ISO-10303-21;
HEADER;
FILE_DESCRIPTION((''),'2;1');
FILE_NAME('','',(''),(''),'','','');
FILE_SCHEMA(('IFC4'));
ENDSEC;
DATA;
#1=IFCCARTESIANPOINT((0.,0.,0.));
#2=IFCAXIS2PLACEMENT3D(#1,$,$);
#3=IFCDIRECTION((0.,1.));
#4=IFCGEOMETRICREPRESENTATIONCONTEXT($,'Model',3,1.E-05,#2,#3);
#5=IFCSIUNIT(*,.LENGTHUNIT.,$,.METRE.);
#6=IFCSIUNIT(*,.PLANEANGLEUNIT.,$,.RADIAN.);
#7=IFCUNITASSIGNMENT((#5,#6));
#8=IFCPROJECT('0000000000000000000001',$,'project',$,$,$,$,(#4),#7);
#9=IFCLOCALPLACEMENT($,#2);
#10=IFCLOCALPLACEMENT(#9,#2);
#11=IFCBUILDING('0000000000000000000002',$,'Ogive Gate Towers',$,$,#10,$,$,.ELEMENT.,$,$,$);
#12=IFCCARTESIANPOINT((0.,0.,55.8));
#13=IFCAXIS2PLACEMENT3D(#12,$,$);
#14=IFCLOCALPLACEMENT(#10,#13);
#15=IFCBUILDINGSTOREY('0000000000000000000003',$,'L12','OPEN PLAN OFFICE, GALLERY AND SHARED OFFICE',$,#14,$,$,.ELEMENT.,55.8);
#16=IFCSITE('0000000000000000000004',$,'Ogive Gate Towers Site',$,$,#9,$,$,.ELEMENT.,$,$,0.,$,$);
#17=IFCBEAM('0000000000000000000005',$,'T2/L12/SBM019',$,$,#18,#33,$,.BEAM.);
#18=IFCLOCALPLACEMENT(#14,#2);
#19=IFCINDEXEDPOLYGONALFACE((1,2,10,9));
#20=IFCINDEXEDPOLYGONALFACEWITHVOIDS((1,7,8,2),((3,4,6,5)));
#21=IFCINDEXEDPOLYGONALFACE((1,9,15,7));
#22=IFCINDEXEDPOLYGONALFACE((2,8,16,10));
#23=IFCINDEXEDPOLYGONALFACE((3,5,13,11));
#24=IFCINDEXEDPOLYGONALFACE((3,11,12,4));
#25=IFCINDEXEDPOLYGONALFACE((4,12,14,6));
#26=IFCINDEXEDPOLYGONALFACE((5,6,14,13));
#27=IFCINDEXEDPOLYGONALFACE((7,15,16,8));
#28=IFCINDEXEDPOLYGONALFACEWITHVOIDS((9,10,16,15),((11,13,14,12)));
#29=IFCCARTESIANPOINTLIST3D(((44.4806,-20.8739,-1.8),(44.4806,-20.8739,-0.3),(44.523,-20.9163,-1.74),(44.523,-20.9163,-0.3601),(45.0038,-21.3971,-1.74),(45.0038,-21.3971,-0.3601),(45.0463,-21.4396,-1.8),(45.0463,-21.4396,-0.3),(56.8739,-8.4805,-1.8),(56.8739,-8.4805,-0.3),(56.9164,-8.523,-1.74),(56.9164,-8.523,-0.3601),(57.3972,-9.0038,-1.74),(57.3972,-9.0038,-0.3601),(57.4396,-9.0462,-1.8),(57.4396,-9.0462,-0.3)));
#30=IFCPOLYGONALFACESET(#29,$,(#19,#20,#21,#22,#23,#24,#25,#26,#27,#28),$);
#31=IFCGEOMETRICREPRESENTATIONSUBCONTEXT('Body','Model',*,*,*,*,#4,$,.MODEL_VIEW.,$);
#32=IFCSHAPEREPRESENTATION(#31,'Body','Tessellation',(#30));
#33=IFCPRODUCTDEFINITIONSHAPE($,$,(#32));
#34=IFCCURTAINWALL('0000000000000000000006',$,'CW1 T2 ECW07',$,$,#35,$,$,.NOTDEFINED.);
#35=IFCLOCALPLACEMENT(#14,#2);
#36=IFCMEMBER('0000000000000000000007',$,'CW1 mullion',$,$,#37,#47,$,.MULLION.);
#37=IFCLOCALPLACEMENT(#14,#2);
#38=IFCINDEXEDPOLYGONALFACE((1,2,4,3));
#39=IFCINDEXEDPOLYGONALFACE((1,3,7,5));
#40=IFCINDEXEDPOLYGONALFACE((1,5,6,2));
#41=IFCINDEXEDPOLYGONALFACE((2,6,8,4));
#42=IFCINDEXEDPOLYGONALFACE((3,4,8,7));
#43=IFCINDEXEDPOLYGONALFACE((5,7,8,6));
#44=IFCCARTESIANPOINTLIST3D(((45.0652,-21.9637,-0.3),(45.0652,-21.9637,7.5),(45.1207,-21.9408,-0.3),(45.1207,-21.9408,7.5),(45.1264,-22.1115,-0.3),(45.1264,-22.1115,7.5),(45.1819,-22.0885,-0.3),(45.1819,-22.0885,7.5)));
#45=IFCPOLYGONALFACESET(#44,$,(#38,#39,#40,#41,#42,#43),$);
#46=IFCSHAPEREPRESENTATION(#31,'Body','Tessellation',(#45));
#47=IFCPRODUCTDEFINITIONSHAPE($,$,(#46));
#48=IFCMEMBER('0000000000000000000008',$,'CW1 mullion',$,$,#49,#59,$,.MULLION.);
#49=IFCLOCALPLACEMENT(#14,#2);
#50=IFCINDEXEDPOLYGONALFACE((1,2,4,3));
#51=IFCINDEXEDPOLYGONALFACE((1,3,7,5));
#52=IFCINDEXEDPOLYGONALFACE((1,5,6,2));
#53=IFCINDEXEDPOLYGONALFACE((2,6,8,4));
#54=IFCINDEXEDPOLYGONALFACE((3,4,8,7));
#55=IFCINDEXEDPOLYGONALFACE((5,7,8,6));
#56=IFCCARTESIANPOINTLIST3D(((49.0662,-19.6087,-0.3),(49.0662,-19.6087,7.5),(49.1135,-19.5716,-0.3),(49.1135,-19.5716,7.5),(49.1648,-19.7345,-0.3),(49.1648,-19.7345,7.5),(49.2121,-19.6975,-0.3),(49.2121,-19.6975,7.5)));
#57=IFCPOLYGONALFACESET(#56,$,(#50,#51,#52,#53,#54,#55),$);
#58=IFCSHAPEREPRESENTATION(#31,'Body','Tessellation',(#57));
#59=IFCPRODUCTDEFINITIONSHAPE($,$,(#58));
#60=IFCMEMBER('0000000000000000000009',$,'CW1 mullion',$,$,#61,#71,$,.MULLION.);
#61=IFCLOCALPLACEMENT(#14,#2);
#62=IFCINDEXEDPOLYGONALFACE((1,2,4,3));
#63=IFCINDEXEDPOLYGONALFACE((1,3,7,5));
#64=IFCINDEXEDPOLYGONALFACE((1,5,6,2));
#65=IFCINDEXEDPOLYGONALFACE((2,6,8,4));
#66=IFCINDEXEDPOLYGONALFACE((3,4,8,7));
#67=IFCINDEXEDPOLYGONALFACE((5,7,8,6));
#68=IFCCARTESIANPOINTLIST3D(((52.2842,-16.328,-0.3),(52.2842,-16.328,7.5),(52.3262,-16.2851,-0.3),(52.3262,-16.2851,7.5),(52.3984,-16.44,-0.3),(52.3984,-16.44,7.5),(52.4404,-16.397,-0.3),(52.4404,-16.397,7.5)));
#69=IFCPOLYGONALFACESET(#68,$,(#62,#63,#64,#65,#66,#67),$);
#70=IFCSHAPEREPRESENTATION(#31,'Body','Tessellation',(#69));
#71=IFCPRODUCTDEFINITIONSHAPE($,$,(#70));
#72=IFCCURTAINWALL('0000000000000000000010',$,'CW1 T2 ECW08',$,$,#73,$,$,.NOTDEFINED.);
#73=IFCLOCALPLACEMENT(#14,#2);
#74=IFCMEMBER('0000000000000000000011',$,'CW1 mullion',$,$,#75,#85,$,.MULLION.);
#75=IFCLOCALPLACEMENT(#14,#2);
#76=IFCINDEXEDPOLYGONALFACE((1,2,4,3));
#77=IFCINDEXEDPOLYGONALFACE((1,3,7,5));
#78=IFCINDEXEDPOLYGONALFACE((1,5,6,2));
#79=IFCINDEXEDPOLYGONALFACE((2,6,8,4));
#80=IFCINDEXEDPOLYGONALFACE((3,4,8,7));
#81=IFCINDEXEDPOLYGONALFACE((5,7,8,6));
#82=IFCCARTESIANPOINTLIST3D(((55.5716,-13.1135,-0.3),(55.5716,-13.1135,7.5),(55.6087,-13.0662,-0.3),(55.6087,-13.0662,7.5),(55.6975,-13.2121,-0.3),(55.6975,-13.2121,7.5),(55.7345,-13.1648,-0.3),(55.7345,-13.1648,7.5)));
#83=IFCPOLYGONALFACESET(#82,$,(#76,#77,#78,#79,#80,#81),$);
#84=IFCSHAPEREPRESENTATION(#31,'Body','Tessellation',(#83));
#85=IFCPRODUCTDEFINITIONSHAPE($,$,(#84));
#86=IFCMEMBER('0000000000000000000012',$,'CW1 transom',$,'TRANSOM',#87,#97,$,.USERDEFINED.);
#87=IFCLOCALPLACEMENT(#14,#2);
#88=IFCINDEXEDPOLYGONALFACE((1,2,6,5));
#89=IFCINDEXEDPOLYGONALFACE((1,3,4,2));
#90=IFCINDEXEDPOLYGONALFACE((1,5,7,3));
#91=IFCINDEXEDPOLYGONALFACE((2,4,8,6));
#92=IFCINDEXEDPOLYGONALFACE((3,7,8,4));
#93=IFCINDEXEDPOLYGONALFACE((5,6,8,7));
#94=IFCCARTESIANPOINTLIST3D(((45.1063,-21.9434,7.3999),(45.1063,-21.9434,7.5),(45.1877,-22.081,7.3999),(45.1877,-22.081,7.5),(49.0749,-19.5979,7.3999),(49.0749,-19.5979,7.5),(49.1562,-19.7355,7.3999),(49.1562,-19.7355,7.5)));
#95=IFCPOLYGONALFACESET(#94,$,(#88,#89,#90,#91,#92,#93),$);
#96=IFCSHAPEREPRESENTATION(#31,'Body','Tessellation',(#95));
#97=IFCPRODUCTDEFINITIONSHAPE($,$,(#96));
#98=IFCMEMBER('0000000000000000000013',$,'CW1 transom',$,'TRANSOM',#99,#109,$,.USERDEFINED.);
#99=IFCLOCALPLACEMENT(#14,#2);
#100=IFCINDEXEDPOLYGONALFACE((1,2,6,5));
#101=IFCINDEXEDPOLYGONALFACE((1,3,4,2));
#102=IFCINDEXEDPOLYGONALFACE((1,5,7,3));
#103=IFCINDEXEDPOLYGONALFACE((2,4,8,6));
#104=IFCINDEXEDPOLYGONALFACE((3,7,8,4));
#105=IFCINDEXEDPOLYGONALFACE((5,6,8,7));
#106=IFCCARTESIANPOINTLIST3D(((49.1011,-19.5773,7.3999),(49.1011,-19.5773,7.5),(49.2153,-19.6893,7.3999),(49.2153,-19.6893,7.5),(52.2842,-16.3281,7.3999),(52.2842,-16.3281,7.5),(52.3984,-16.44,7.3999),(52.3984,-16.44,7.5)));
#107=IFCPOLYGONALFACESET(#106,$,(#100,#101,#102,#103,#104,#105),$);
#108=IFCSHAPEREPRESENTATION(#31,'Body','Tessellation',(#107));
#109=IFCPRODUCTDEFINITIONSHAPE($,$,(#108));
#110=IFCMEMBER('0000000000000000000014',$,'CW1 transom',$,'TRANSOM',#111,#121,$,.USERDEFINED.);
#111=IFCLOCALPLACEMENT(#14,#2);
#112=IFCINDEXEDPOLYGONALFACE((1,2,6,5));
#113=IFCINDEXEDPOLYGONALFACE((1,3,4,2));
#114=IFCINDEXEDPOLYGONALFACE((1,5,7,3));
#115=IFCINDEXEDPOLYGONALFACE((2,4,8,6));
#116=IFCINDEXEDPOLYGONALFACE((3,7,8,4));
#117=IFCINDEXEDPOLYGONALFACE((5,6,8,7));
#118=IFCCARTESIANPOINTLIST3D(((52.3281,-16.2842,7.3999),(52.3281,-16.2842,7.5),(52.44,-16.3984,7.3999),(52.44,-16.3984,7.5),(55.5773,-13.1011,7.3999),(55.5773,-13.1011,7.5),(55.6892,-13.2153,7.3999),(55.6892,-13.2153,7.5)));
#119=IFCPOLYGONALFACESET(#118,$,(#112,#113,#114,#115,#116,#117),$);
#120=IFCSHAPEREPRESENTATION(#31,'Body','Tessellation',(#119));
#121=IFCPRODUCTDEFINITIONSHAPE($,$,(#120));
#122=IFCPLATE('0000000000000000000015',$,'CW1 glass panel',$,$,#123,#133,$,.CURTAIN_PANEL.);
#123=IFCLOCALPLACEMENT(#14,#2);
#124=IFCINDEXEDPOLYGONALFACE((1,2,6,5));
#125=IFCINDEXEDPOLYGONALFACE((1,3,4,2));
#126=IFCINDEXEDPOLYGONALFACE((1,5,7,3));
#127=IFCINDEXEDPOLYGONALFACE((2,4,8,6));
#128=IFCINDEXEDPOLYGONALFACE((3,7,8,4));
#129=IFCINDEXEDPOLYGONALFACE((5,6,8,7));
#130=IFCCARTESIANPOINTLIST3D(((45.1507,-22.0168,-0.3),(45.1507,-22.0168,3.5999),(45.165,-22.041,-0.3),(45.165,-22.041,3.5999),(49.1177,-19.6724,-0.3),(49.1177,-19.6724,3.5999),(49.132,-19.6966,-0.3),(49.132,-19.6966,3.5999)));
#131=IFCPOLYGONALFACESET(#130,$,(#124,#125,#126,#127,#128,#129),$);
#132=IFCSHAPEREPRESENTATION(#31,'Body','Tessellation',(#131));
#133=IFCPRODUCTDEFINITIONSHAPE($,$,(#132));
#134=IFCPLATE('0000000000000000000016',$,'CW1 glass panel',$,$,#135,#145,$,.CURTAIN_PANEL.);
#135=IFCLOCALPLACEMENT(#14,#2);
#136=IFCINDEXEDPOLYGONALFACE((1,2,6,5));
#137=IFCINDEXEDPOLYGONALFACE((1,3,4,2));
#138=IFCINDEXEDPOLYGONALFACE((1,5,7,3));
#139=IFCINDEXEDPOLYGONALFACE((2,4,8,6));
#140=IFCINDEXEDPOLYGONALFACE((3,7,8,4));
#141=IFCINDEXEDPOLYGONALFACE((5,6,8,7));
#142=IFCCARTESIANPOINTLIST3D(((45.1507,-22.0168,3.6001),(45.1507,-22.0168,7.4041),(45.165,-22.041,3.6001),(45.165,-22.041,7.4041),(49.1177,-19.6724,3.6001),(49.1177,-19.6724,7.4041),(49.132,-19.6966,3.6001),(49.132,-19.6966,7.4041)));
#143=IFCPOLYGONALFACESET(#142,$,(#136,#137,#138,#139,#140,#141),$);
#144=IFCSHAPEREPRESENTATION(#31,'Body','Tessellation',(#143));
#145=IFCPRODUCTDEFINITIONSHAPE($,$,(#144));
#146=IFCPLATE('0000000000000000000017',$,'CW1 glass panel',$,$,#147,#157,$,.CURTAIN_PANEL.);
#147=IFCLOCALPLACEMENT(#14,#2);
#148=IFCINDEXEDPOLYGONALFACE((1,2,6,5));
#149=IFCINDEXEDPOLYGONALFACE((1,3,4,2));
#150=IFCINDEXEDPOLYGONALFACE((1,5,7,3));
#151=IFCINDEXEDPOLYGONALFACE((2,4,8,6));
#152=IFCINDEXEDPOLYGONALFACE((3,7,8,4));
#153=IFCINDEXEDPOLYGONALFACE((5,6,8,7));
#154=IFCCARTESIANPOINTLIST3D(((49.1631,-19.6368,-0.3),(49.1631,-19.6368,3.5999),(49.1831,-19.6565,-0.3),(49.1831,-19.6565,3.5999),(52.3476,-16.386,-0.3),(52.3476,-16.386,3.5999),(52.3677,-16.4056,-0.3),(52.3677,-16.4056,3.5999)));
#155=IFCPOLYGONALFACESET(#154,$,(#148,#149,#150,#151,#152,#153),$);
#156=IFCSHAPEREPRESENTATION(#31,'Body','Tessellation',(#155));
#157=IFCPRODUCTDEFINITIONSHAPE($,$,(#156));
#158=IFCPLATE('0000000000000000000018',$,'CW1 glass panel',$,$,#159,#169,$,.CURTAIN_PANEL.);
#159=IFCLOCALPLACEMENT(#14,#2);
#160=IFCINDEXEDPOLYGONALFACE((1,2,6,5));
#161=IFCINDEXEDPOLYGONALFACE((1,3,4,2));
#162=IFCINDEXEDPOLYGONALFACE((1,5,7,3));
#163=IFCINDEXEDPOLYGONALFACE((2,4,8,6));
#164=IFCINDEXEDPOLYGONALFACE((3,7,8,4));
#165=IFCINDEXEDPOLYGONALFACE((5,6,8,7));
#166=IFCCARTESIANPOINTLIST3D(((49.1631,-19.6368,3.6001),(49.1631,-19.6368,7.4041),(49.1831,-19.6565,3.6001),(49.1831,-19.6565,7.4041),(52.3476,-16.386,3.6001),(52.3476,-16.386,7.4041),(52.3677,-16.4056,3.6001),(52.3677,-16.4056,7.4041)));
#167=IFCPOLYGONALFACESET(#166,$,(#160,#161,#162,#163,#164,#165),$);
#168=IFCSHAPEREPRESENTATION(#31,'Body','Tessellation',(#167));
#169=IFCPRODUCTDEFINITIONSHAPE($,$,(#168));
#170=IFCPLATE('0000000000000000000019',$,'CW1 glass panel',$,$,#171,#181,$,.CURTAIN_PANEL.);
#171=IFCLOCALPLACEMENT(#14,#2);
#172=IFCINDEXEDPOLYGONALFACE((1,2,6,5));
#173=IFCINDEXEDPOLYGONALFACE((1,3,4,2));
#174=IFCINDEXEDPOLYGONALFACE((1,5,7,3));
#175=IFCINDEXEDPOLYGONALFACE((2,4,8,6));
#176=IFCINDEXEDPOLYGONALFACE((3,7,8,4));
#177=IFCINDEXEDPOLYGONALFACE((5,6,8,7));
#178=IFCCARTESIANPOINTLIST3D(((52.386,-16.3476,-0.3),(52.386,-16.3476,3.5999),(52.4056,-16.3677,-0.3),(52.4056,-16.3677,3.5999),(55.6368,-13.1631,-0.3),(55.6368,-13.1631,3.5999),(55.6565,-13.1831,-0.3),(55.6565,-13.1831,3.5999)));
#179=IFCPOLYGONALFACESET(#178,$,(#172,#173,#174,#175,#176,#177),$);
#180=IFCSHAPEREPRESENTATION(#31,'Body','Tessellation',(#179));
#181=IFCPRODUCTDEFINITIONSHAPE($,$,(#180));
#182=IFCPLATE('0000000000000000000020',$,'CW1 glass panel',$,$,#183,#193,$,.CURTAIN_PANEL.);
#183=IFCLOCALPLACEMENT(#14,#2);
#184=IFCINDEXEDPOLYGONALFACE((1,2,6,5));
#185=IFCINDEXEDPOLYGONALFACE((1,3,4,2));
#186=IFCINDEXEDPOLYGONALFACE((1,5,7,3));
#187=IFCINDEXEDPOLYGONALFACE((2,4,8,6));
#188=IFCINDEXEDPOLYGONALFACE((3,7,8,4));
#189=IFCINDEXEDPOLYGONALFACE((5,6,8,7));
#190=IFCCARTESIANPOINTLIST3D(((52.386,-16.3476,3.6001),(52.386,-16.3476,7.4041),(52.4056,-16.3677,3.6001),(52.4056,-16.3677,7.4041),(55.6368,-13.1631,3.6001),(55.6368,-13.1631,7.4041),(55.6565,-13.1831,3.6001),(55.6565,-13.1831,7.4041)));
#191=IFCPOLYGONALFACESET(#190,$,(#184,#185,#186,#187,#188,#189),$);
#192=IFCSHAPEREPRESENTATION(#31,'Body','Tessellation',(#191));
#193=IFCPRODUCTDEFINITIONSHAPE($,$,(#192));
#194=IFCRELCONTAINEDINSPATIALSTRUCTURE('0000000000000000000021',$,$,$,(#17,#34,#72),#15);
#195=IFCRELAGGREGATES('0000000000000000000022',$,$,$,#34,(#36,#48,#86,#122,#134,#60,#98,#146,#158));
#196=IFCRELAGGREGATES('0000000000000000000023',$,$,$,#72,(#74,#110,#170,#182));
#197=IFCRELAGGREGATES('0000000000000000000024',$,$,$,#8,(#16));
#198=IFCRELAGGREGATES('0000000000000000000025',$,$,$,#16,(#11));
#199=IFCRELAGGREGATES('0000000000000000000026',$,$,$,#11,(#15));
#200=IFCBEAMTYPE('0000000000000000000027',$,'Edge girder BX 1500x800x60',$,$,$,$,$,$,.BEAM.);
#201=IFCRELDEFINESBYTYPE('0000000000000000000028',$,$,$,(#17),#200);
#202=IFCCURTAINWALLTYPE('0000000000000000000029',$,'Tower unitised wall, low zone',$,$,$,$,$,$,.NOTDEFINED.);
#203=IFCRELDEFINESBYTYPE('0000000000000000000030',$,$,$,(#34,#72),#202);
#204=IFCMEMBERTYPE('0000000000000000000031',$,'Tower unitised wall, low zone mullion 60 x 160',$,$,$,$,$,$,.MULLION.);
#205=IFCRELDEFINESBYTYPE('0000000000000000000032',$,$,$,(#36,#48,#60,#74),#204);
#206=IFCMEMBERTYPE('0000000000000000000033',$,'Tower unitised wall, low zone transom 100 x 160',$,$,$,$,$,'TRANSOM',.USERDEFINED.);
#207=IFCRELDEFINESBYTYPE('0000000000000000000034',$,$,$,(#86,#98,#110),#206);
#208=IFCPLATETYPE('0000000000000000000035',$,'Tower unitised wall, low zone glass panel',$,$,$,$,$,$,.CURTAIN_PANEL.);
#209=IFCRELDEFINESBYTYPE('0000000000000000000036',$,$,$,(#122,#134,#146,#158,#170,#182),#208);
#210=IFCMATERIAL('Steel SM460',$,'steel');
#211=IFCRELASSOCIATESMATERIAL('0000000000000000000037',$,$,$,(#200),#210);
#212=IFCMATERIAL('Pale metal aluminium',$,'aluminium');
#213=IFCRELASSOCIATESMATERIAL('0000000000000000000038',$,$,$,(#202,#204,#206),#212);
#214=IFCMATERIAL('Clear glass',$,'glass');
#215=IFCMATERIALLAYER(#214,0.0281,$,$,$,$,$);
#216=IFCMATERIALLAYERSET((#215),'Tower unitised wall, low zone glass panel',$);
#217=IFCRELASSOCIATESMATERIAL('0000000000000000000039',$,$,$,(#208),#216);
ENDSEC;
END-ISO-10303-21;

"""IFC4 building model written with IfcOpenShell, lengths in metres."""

from ifc_helpers import new_model, si_unit, direction, frame, origin, origin_2d, place, context, subcontext, project, spatial, rectangle, hollow_rectangle, extrude, material, layer, layer_set, material_profile, profile_set, type_object, element, aggregate, save


model = new_model("IFC4")

# Units and contexts
model_context = context("Model", 3, precision=1e-05, world=origin(), true_north=direction((0.0, 1.0)))
body_context = subcontext(model_context, "Body", "Model", "MODEL_VIEW")
ifc_project = project(units=[si_unit("LENGTHUNIT", "METRE"), si_unit("PLANEANGLEUNIT", "RADIAN")], contexts=[model_context])

# Site, building, storey
site_placement = place(None, origin())
site = spatial("IfcSite", under=ifc_project, at=site_placement, Name="Ogive Gate Towers Site", CompositionType="ELEMENT", RefElevation=0.0)
building_placement = place(site_placement, origin())
building = spatial("IfcBuilding", under=site, at=building_placement, Name="Ogive Gate Towers", CompositionType="ELEMENT")
storey_placement = place(building_placement, frame((0.0, 0.0, 55.8)))
storey = spatial("IfcBuildingStorey", under=building, at=storey_placement, Name="L12", Description="OPEN PLAN OFFICE, GALLERY AND SHARED OFFICE", CompositionType="ELEMENT", Elevation=55.8)

# Beam
ifc_material_1 = material(Name="Steel SM460", Category="steel")
ifc_material_profile_1 = material_profile(ifc_material_1, hollow_rectangle(XDim=0.8, YDim=1.5, WallThickness=0.0601, at=origin_2d()), Name="BX 1500x800x60")
ifc_profile_set_1 = profile_set([ifc_material_profile_1], Name="Steel SM460")
beam_type = type_object("IfcBeamType", Name="Edge girder BX 1500x800x60", PredefinedType="BEAM", material=ifc_profile_set_1)
beam_placement = place(storey_placement, frame((44.7634, -21.1567, -1.05), z_axis=(0.707107, 0.707107, 0.0), x_axis=(-0.707107, 0.707107, 0.0)))
element("IfcBeam", 1, at=beam_placement, inside=storey, type_object=beam_type, Name="T2/L12/SBM019", PredefinedType="BEAM", context=body_context, shape_type="SweptSolid", body=[
    extrude(hollow_rectangle(XDim=0.8, YDim=1.5, WallThickness=0.0601, at=origin_2d()), origin(), (0.0, 0.0, 1.0), 17.5269),
])

# Curtain wall, members
ifc_material_2 = material(Name="Pale metal aluminium", Category="aluminium")
curtain_wall_type = type_object("IfcCurtainWallType", Name="Tower unitised wall, low zone", PredefinedType="NOTDEFINED", material=ifc_material_2)
curtain_wall_1_placement = place(storey_placement, origin())
curtain_wall_1 = element("IfcCurtainWall", 2, at=curtain_wall_1_placement, inside=storey, type_object=curtain_wall_type, Name="CW1 T2 ECW07", PredefinedType="NOTDEFINED")
ifc_material_profile_2 = material_profile(ifc_material_2, rectangle(XDim=0.1599, YDim=0.0601, at=origin_2d()), Name="60 x 160 aluminium box")
ifc_profile_set_2 = profile_set([ifc_material_profile_2], Name="Pale metal aluminium")
member_type_1 = type_object("IfcMemberType", Name="Tower unitised wall, low zone mullion 60 x 160", PredefinedType="MULLION", material=ifc_profile_set_2)
member_1_placement = place(storey_placement, frame((45.1235, -22.0261, -0.3), z_axis=(0.0, 0.0, 1.0), x_axis=(0.382683, -0.92388, 0.0)))
member_1 = element("IfcMember", 3, at=member_1_placement, type_object=member_type_1, Name="CW1 mullion", PredefinedType="MULLION", context=body_context, shape_type="SweptSolid", body=[
    extrude(rectangle(XDim=0.1599, YDim=0.0601, at=origin_2d()), origin(), (0.0, 0.0, 1.0), 7.8),
])
member_2_placement = place(storey_placement, frame((49.1392, -19.6531, -0.3), z_axis=(0.0, 0.0, 1.0), x_axis=(0.616844, -0.787086, 0.0)))
member_2 = element("IfcMember", 4, at=member_2_placement, type_object=member_type_1, Name="CW1 mullion", PredefinedType="MULLION", context=body_context, shape_type="SweptSolid", body=[
    extrude(rectangle(XDim=0.1599, YDim=0.0601, at=origin_2d()), origin(), (0.0, 0.0, 1.0), 7.8),
])
member_3_placement = place(storey_placement, frame((52.3623, -16.3625, -0.3), z_axis=(0.0, 0.0, 1.0), x_axis=(0.714351, -0.699788, 0.0)))
member_3 = element("IfcMember", 5, at=member_3_placement, type_object=member_type_1, Name="CW1 mullion", PredefinedType="MULLION", context=body_context, shape_type="SweptSolid", body=[
    extrude(rectangle(XDim=0.1599, YDim=0.0601, at=origin_2d()), origin(), (0.0, 0.0, 1.0), 7.8),
])

# Curtain wall, member
curtain_wall_2_placement = place(storey_placement, origin())
curtain_wall_2 = element("IfcCurtainWall", 6, at=curtain_wall_2_placement, inside=storey, type_object=curtain_wall_type, Name="CW1 T2 ECW08", PredefinedType="NOTDEFINED")
member_4_placement = place(storey_placement, frame((55.6531, -13.1392, -0.3), z_axis=(0.0, 0.0, 1.0), x_axis=(0.787086, -0.616844, 0.0)))
member_4 = element("IfcMember", 7, at=member_4_placement, type_object=member_type_1, Name="CW1 mullion", PredefinedType="MULLION", context=body_context, shape_type="SweptSolid", body=[
    extrude(rectangle(XDim=0.1599, YDim=0.0601, at=origin_2d()), origin(), (0.0, 0.0, 1.0), 7.8),
])

# Members
ifc_material_profile_3 = material_profile(ifc_material_2, rectangle(XDim=0.1599, YDim=0.1001, at=origin_2d()), Name="100 x 160 aluminium box")
ifc_profile_set_3 = profile_set([ifc_material_profile_3], Name="Pale metal aluminium")
member_type_2 = type_object("IfcMemberType", Name="Tower unitised wall, low zone transom 100 x 160", ElementType="TRANSOM", PredefinedType="USERDEFINED", material=ifc_profile_set_3)
member_5_placement = place(storey_placement, frame((45.147, -22.0122, 7.45), z_axis=(0.860885, 0.508799, 0.0), x_axis=(-0.508799, 0.860885, 0.0)))
member_5 = element("IfcMember", 8, at=member_5_placement, type_object=member_type_2, Name="CW1 transom", ObjectType="TRANSOM", PredefinedType="USERDEFINED", context=body_context, shape_type="SweptSolid", body=[
    extrude(rectangle(XDim=0.1599, YDim=0.1001, at=origin_2d()), origin(), (0.0, 0.0, 1.0), 4.6099),
])
member_6_placement = place(storey_placement, frame((49.1582, -19.6333, 7.45), z_axis=(0.699797, 0.714342, 0.0), x_axis=(-0.714342, 0.699797, 0.0)))
member_6 = element("IfcMember", 9, at=member_6_placement, type_object=member_type_2, Name="CW1 transom", ObjectType="TRANSOM", PredefinedType="USERDEFINED", context=body_context, shape_type="SweptSolid", body=[
    extrude(rectangle(XDim=0.1599, YDim=0.1001, at=origin_2d()), origin(), (0.0, 0.0, 1.0), 4.5486),
])
member_7_placement = place(storey_placement, frame((52.384, -16.3413, 7.45), z_axis=(0.714342, 0.699797, 0.0), x_axis=(-0.699797, 0.714342, 0.0)))
member_7 = element("IfcMember", 10, at=member_7_placement, type_object=member_type_2, Name="CW1 transom", ObjectType="TRANSOM", PredefinedType="USERDEFINED", context=body_context, shape_type="SweptSolid", body=[
    extrude(rectangle(XDim=0.1599, YDim=0.1001, at=origin_2d()), origin(), (0.0, 0.0, 1.0), 4.5486),
])

# Plates
ifc_material_3 = material(Name="Clear glass", Category="glass")
ifc_layer_1 = layer(ifc_material_3, 0.0281)
ifc_layer_set_1 = layer_set([ifc_layer_1], Name="Tower unitised wall, low zone glass panel")
plate_type = type_object("IfcPlateType", Name="Tower unitised wall, low zone glass panel", PredefinedType="CURTAIN_PANEL", material=ifc_layer_set_1)
plate_1_placement = place(storey_placement, frame((47.1414, -20.8567, -0.3), z_axis=(0.0, 0.0, 1.0), x_axis=(0.860902, 0.508771, 0.0)))
plate_1 = element("IfcPlate", 11, at=plate_1_placement, type_object=plate_type, Name="CW1 glass panel", PredefinedType="CURTAIN_PANEL", context=body_context, shape_type="SweptSolid", body=[
    extrude(rectangle(XDim=4.6079, YDim=0.0281, at=origin_2d()), origin(), (0.0, 0.0, 1.0), 3.8999),
])
plate_2_placement = place(storey_placement, frame((47.1414, -20.8567, 3.6001), z_axis=(0.0, 0.0, 1.0), x_axis=(0.860902, 0.508771, 0.0)))
plate_2 = element("IfcPlate", 12, at=plate_2_placement, type_object=plate_type, Name="CW1 glass panel", PredefinedType="CURTAIN_PANEL", context=body_context, shape_type="SweptSolid", body=[
    extrude(rectangle(XDim=4.6079, YDim=0.0281, at=origin_2d()), origin(), (0.0, 0.0, 1.0), 3.804),
])
plate_3_placement = place(storey_placement, frame((50.7654, -18.0212, -0.3), z_axis=(0.0, 0.0, 1.0), x_axis=(0.699788, 0.714351, 0.0)))
plate_3 = element("IfcPlate", 13, at=plate_3_placement, type_object=plate_type, Name="CW1 glass panel", PredefinedType="CURTAIN_PANEL", context=body_context, shape_type="SweptSolid", body=[
    extrude(rectangle(XDim=4.5508, YDim=0.0281, at=origin_2d()), origin(), (0.0, 0.0, 1.0), 3.8999),
])
plate_4_placement = place(storey_placement, frame((50.7654, -18.0212, 3.6001), z_axis=(0.0, 0.0, 1.0), x_axis=(0.699788, 0.714351, 0.0)))
plate_4 = element("IfcPlate", 14, at=plate_4_placement, type_object=plate_type, Name="CW1 glass panel", PredefinedType="CURTAIN_PANEL", context=body_context, shape_type="SweptSolid", body=[
    extrude(rectangle(XDim=4.5508, YDim=0.0281, at=origin_2d()), origin(), (0.0, 0.0, 1.0), 3.804),
])
aggregate(curtain_wall_1, [member_1, member_2, member_5, plate_1, plate_2, member_3, member_6, plate_3, plate_4])
plate_5_placement = place(storey_placement, frame((54.0212, -14.7654, -0.3), z_axis=(0.0, 0.0, 1.0), x_axis=(0.714351, 0.699788, 0.0)))
plate_5 = element("IfcPlate", 15, at=plate_5_placement, type_object=plate_type, Name="CW1 glass panel", PredefinedType="CURTAIN_PANEL", context=body_context, shape_type="SweptSolid", body=[
    extrude(rectangle(XDim=4.5508, YDim=0.0281, at=origin_2d()), origin(), (0.0, 0.0, 1.0), 3.8999),
])
plate_6_placement = place(storey_placement, frame((54.0212, -14.7654, 3.6001), z_axis=(0.0, 0.0, 1.0), x_axis=(0.714351, 0.699788, 0.0)))
plate_6 = element("IfcPlate", 16, at=plate_6_placement, type_object=plate_type, Name="CW1 glass panel", PredefinedType="CURTAIN_PANEL", context=body_context, shape_type="SweptSolid", body=[
    extrude(rectangle(XDim=4.5508, YDim=0.0281, at=origin_2d()), origin(), (0.0, 0.0, 1.0), 3.804),
])
aggregate(curtain_wall_2, [member_4, member_7, plate_5, plate_6])

save(model, "model.ifc")
